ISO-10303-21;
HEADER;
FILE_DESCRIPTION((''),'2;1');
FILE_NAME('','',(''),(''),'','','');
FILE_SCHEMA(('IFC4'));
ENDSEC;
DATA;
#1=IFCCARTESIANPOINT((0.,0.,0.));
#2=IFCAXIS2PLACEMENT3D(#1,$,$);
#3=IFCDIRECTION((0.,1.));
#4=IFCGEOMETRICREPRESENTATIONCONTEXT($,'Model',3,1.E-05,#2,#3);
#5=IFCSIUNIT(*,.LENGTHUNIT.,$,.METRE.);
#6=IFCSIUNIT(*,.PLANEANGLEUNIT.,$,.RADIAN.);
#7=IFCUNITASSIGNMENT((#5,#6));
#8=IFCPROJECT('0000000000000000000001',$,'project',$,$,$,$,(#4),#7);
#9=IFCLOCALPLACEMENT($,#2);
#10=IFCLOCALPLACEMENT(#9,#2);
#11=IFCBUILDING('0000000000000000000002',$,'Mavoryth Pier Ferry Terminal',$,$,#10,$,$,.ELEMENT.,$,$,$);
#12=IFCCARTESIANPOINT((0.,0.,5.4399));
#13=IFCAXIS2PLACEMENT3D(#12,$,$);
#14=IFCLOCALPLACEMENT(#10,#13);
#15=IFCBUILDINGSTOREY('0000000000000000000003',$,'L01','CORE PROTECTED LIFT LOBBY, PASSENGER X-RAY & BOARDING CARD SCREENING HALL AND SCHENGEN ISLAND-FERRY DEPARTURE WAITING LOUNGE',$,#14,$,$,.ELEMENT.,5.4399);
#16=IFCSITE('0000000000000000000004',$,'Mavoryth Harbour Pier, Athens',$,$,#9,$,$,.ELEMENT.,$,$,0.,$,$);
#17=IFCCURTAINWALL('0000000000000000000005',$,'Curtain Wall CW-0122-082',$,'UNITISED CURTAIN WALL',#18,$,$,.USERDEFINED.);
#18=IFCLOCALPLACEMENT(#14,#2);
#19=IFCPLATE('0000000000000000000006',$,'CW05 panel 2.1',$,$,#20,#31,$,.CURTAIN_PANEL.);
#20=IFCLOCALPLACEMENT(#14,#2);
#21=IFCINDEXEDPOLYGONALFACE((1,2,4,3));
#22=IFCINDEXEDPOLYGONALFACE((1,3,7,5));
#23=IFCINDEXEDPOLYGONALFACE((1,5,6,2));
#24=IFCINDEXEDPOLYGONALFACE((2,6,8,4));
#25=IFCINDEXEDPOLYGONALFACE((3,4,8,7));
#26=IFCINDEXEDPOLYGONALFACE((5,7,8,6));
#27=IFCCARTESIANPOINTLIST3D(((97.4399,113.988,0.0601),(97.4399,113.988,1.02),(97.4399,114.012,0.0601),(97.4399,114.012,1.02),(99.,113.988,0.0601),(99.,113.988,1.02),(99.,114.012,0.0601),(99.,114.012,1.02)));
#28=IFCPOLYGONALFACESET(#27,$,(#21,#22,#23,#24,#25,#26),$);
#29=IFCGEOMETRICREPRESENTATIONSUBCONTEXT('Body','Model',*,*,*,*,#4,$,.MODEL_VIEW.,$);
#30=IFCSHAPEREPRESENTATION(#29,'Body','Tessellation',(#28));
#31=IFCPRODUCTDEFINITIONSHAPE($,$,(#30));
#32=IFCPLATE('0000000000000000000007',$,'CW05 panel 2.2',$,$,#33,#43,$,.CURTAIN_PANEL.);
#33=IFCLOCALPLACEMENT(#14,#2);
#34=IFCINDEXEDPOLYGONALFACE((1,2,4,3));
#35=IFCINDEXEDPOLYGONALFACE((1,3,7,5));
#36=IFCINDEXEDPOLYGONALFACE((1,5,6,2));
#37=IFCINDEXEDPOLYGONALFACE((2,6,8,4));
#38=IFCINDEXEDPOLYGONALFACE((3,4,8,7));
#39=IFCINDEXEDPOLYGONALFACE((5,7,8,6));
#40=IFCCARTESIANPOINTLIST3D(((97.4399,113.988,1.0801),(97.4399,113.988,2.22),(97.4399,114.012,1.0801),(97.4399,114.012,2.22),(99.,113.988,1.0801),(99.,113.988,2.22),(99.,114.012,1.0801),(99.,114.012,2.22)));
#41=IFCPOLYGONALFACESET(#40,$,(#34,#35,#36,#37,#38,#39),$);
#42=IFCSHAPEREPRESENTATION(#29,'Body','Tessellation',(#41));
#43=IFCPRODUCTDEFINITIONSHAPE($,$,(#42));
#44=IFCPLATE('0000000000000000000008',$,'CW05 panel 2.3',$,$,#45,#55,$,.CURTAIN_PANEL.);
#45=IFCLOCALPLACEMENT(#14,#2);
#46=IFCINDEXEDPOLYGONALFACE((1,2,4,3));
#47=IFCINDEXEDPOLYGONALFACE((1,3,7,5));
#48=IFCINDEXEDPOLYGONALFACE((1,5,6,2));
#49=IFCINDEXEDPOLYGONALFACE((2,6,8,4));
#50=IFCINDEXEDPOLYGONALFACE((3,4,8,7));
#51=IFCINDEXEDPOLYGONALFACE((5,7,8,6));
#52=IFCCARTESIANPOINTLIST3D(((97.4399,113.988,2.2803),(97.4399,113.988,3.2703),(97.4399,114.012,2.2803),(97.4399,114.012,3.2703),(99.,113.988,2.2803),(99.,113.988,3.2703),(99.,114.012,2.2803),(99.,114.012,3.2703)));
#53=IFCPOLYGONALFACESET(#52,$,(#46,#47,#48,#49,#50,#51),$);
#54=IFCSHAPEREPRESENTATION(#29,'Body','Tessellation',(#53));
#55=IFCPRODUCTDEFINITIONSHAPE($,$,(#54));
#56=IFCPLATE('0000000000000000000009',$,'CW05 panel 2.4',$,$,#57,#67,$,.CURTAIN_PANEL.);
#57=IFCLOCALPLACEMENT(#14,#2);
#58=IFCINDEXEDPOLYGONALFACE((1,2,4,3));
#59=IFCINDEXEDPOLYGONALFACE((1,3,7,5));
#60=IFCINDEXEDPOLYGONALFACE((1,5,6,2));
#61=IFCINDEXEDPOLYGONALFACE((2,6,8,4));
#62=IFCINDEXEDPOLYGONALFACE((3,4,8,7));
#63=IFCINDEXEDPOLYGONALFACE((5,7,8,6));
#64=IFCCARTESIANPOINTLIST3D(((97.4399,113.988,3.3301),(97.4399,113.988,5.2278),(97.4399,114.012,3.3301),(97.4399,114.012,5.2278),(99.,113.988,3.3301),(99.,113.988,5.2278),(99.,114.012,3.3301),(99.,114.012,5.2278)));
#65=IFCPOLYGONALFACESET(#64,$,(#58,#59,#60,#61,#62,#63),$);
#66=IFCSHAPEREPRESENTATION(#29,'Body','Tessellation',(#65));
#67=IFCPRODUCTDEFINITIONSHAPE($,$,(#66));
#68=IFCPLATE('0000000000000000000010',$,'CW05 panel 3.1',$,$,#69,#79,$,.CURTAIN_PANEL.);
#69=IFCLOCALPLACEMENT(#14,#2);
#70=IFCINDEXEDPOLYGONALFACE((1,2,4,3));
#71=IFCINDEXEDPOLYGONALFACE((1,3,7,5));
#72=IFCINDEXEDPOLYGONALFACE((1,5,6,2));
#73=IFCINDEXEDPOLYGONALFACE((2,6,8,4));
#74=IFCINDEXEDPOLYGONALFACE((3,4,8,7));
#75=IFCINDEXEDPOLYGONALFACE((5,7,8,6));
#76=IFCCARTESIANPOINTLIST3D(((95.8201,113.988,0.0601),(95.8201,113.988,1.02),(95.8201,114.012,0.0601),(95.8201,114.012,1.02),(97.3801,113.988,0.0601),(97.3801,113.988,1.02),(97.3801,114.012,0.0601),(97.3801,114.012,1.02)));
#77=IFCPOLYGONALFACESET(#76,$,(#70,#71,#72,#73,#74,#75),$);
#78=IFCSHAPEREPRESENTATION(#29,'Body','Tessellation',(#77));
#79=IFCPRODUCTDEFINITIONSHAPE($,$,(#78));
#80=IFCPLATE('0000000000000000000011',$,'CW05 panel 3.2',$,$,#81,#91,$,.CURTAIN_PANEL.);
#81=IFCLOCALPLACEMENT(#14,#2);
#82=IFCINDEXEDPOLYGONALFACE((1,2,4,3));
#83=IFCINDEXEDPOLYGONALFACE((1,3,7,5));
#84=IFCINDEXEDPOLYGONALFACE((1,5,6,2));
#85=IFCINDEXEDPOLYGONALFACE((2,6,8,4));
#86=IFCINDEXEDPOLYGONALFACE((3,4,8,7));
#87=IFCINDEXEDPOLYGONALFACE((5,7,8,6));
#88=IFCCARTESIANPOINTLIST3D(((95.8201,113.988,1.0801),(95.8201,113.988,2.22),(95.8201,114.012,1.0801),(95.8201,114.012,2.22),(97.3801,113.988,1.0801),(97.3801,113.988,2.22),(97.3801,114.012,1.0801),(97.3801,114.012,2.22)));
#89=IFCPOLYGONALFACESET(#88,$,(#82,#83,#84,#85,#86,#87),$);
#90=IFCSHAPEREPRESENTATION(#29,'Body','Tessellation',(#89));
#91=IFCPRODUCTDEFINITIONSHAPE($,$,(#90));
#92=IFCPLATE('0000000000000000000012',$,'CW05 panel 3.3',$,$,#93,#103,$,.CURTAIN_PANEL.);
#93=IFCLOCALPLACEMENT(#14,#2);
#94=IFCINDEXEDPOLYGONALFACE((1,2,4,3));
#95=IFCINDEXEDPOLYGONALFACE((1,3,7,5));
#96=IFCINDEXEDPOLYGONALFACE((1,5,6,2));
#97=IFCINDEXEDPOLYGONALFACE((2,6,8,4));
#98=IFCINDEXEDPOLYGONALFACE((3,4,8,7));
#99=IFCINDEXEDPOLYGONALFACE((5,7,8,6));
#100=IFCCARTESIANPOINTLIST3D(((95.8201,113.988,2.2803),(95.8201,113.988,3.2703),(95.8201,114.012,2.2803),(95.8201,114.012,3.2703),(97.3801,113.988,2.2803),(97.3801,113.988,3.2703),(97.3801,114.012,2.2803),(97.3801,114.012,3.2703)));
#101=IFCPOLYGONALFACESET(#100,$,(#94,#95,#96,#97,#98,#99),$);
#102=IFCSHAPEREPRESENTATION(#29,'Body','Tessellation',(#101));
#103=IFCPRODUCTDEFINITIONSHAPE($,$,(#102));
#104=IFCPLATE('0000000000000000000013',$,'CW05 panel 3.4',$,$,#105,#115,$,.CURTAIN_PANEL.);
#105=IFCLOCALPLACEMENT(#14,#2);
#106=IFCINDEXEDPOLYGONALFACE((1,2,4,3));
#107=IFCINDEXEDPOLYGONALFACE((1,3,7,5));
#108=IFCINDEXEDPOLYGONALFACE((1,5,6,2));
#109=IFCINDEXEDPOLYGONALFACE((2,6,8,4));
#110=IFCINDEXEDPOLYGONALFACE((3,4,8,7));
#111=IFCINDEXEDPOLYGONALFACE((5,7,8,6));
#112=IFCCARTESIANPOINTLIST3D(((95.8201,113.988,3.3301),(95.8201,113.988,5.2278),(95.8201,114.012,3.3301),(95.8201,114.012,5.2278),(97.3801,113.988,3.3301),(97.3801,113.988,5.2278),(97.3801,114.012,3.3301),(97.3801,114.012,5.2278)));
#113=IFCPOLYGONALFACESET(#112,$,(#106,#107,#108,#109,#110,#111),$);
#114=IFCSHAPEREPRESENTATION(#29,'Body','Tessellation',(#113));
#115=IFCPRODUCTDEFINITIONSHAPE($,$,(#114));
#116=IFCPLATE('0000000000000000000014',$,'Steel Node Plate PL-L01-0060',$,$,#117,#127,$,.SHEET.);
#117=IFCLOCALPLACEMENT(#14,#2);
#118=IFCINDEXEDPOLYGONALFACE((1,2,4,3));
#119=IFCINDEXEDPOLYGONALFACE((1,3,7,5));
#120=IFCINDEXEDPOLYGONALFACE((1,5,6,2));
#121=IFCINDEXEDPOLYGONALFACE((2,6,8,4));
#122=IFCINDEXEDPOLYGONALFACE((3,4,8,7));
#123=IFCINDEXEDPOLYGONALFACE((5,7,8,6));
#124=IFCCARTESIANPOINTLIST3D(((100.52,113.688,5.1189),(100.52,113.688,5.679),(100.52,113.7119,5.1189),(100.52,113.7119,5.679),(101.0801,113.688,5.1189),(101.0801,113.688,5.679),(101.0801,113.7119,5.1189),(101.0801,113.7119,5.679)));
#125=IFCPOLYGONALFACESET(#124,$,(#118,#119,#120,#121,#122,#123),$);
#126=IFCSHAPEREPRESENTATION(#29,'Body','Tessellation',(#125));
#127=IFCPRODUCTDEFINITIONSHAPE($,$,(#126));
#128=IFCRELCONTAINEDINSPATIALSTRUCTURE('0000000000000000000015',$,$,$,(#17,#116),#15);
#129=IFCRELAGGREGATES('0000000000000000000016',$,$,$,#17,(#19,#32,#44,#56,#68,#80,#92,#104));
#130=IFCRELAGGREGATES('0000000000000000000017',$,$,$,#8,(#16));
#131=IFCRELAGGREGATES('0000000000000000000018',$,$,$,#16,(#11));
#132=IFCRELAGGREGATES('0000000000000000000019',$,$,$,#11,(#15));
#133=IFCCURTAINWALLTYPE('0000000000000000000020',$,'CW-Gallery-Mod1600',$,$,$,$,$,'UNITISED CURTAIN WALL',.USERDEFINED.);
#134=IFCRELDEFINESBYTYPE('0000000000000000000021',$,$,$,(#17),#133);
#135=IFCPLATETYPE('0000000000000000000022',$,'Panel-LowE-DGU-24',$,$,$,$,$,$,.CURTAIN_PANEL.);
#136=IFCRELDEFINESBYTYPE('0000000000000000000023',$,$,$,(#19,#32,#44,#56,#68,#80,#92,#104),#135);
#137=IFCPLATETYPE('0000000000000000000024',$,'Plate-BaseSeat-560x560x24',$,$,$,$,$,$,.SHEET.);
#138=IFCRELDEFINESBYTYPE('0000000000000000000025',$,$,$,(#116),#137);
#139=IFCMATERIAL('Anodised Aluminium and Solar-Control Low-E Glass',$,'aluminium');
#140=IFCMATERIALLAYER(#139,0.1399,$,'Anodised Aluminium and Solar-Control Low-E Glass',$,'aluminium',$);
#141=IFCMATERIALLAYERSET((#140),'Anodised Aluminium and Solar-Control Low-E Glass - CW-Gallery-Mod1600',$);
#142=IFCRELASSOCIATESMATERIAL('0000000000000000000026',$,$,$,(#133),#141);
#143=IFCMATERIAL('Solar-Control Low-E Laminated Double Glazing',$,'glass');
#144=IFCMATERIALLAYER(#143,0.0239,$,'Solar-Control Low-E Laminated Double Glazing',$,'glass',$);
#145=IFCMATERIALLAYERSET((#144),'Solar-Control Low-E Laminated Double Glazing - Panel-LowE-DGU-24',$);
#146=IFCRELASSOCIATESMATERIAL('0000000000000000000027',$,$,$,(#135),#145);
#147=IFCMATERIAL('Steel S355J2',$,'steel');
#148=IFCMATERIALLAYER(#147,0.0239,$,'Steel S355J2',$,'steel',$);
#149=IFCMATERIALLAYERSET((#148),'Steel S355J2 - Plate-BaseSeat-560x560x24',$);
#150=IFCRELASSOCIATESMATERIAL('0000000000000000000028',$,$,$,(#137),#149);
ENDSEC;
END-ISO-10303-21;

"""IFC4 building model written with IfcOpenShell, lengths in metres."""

from ifc_helpers import new_model, si_unit, direction, frame, origin, origin_2d, place, context, subcontext, project, spatial, rectangle, extrude, material, layer, layer_set, type_object, element, aggregate, save


model = new_model("IFC4")

# Units and contexts
model_context = context("Model", 3, precision=1e-05, world=origin(), true_north=direction((0.0, 1.0)))
body_context = subcontext(model_context, "Body", "Model", "MODEL_VIEW")
ifc_project = project(units=[si_unit("LENGTHUNIT", "METRE"), si_unit("PLANEANGLEUNIT", "RADIAN")], contexts=[model_context])

# Site, building, storey
site_placement = place(None, origin())
site = spatial("IfcSite", under=ifc_project, at=site_placement, Name="Mavoryth Harbour Pier, Athens", CompositionType="ELEMENT", RefElevation=0.0)
building_placement = place(site_placement, origin())
building = spatial("IfcBuilding", under=site, at=building_placement, Name="Mavoryth Pier Ferry Terminal", CompositionType="ELEMENT")
storey_placement = place(building_placement, frame((0.0, 0.0, 5.4399)))
storey = spatial("IfcBuildingStorey", under=building, at=storey_placement, Name="L01", Description="CORE PROTECTED LIFT LOBBY, PASSENGER X-RAY & BOARDING CARD SCREENING HALL AND SCHENGEN ISLAND-FERRY DEPARTURE WAITING LOUNGE", CompositionType="ELEMENT", Elevation=5.4399)

# Shared definitions
ifc_material_1 = material(Name="Steel S355J2", Category="steel")

# Curtain wall, plates
ifc_material_2 = material(Name="Anodised Aluminium and Solar-Control Low-E Glass", Category="aluminium")
ifc_layer_1 = layer(ifc_material_2, 0.1399, Name="Anodised Aluminium and Solar-Control Low-E Glass", Category="aluminium")
ifc_layer_set_1 = layer_set([ifc_layer_1], Name="Anodised Aluminium and Solar-Control Low-E Glass - CW-Gallery-Mod1600")
curtain_wall_type = type_object("IfcCurtainWallType", Name="CW-Gallery-Mod1600", ElementType="UNITISED CURTAIN WALL", PredefinedType="USERDEFINED", material=ifc_layer_set_1)
curtain_wall_placement = place(storey_placement, origin())
curtain_wall = element("IfcCurtainWall", 1, at=curtain_wall_placement, inside=storey, type_object=curtain_wall_type, Name="Curtain Wall CW-0122-082", ObjectType="UNITISED CURTAIN WALL", PredefinedType="USERDEFINED")
ifc_material_3 = material(Name="Solar-Control Low-E Laminated Double Glazing", Category="glass")
ifc_layer_2 = layer(ifc_material_3, 0.0239, Name="Solar-Control Low-E Laminated Double Glazing", Category="glass")
ifc_layer_set_2 = layer_set([ifc_layer_2], Name="Solar-Control Low-E Laminated Double Glazing - Panel-LowE-DGU-24")
plate_type_1 = type_object("IfcPlateType", Name="Panel-LowE-DGU-24", PredefinedType="CURTAIN_PANEL", material=ifc_layer_set_2)
plate_1_placement = place(storey_placement, frame((98.22, 114.0, 0.0601), z_axis=(0.0, 0.0, 1.0), x_axis=(-1.0, 0.0, 0.0)))
plate_1 = element("IfcPlate", 2, at=plate_1_placement, type_object=plate_type_1, Name="CW05 panel 2.1", PredefinedType="CURTAIN_PANEL", context=body_context, shape_type="SweptSolid", body=[
    extrude(rectangle(XDim=1.5601, YDim=0.0239, at=origin_2d()), origin(), (0.0, 0.0, 1.0), 0.96),
])
plate_2_placement = place(storey_placement, frame((98.22, 114.0, 1.0801), z_axis=(0.0, 0.0, 1.0), x_axis=(-1.0, 0.0, 0.0)))
plate_2 = element("IfcPlate", 3, at=plate_2_placement, type_object=plate_type_1, Name="CW05 panel 2.2", PredefinedType="CURTAIN_PANEL", context=body_context, shape_type="SweptSolid", body=[
    extrude(rectangle(XDim=1.5601, YDim=0.0239, at=origin_2d()), origin(), (0.0, 0.0, 1.0), 1.1399),
])
plate_3_placement = place(storey_placement, frame((98.22, 114.0, 2.2803), z_axis=(0.0, 0.0, 1.0), x_axis=(-1.0, 0.0, 0.0)))
plate_3 = element("IfcPlate", 4, at=plate_3_placement, type_object=plate_type_1, Name="CW05 panel 2.3", PredefinedType="CURTAIN_PANEL", context=body_context, shape_type="SweptSolid", body=[
    extrude(rectangle(XDim=1.5601, YDim=0.0239, at=origin_2d()), origin(), (0.0, 0.0, 1.0), 0.99),
])
plate_4_placement = place(storey_placement, frame((98.22, 114.0, 3.3301), z_axis=(0.0, 0.0, 1.0), x_axis=(-1.0, 0.0, 0.0)))
plate_4 = element("IfcPlate", 5, at=plate_4_placement, type_object=plate_type_1, Name="CW05 panel 2.4", PredefinedType="CURTAIN_PANEL", context=body_context, shape_type="SweptSolid", body=[
    extrude(rectangle(XDim=1.5601, YDim=0.0239, at=origin_2d()), origin(), (0.0, 0.0, 1.0), 1.8977),
])
plate_5_placement = place(storey_placement, frame((96.6001, 114.0, 0.0601), z_axis=(0.0, 0.0, 1.0), x_axis=(-1.0, 0.0, 0.0)))
plate_5 = element("IfcPlate", 6, at=plate_5_placement, type_object=plate_type_1, Name="CW05 panel 3.1", PredefinedType="CURTAIN_PANEL", context=body_context, shape_type="SweptSolid", body=[
    extrude(rectangle(XDim=1.5601, YDim=0.0239, at=origin_2d()), origin(), (0.0, 0.0, 1.0), 0.96),
])
plate_6_placement = place(storey_placement, frame((96.6001, 114.0, 1.0801), z_axis=(0.0, 0.0, 1.0), x_axis=(-1.0, 0.0, 0.0)))
plate_6 = element("IfcPlate", 7, at=plate_6_placement, type_object=plate_type_1, Name="CW05 panel 3.2", PredefinedType="CURTAIN_PANEL", context=body_context, shape_type="SweptSolid", body=[
    extrude(rectangle(XDim=1.5601, YDim=0.0239, at=origin_2d()), origin(), (0.0, 0.0, 1.0), 1.1399),
])
plate_7_placement = place(storey_placement, frame((96.6001, 114.0, 2.2803), z_axis=(0.0, 0.0, 1.0), x_axis=(-1.0, 0.0, 0.0)))
plate_7 = element("IfcPlate", 8, at=plate_7_placement, type_object=plate_type_1, Name="CW05 panel 3.3", PredefinedType="CURTAIN_PANEL", context=body_context, shape_type="SweptSolid", body=[
    extrude(rectangle(XDim=1.5601, YDim=0.0239, at=origin_2d()), origin(), (0.0, 0.0, 1.0), 0.99),
])
plate_8_placement = place(storey_placement, frame((96.6001, 114.0, 3.3301), z_axis=(0.0, 0.0, 1.0), x_axis=(-1.0, 0.0, 0.0)))
plate_8 = element("IfcPlate", 9, at=plate_8_placement, type_object=plate_type_1, Name="CW05 panel 3.4", PredefinedType="CURTAIN_PANEL", context=body_context, shape_type="SweptSolid", body=[
    extrude(rectangle(XDim=1.5601, YDim=0.0239, at=origin_2d()), origin(), (0.0, 0.0, 1.0), 1.8977),
])
aggregate(curtain_wall, [plate_1, plate_2, plate_3, plate_4, plate_5, plate_6, plate_7, plate_8])

# Plate
ifc_layer_3 = layer(ifc_material_1, 0.0239, Name="Steel S355J2", Category="steel")
ifc_layer_set_3 = layer_set([ifc_layer_3], Name="Steel S355J2 - Plate-BaseSeat-560x560x24")
plate_type_2 = type_object("IfcPlateType", Name="Plate-BaseSeat-560x560x24", PredefinedType="SHEET", material=ifc_layer_set_3)
plate_9_placement = place(storey_placement, frame((100.8, 113.7, 5.1189), z_axis=(0.0, 0.0, 1.0), x_axis=(1.0, 0.0, 0.0)))
element("IfcPlate", 10, at=plate_9_placement, inside=storey, type_object=plate_type_2, Name="Steel Node Plate PL-L01-0060", PredefinedType="SHEET", context=body_context, shape_type="SweptSolid", body=[
    extrude(rectangle(XDim=0.5601, YDim=0.0239, at=origin_2d()), origin(), (0.0, 0.0, 1.0), 0.5601),
])

save(model, "model.ifc")
